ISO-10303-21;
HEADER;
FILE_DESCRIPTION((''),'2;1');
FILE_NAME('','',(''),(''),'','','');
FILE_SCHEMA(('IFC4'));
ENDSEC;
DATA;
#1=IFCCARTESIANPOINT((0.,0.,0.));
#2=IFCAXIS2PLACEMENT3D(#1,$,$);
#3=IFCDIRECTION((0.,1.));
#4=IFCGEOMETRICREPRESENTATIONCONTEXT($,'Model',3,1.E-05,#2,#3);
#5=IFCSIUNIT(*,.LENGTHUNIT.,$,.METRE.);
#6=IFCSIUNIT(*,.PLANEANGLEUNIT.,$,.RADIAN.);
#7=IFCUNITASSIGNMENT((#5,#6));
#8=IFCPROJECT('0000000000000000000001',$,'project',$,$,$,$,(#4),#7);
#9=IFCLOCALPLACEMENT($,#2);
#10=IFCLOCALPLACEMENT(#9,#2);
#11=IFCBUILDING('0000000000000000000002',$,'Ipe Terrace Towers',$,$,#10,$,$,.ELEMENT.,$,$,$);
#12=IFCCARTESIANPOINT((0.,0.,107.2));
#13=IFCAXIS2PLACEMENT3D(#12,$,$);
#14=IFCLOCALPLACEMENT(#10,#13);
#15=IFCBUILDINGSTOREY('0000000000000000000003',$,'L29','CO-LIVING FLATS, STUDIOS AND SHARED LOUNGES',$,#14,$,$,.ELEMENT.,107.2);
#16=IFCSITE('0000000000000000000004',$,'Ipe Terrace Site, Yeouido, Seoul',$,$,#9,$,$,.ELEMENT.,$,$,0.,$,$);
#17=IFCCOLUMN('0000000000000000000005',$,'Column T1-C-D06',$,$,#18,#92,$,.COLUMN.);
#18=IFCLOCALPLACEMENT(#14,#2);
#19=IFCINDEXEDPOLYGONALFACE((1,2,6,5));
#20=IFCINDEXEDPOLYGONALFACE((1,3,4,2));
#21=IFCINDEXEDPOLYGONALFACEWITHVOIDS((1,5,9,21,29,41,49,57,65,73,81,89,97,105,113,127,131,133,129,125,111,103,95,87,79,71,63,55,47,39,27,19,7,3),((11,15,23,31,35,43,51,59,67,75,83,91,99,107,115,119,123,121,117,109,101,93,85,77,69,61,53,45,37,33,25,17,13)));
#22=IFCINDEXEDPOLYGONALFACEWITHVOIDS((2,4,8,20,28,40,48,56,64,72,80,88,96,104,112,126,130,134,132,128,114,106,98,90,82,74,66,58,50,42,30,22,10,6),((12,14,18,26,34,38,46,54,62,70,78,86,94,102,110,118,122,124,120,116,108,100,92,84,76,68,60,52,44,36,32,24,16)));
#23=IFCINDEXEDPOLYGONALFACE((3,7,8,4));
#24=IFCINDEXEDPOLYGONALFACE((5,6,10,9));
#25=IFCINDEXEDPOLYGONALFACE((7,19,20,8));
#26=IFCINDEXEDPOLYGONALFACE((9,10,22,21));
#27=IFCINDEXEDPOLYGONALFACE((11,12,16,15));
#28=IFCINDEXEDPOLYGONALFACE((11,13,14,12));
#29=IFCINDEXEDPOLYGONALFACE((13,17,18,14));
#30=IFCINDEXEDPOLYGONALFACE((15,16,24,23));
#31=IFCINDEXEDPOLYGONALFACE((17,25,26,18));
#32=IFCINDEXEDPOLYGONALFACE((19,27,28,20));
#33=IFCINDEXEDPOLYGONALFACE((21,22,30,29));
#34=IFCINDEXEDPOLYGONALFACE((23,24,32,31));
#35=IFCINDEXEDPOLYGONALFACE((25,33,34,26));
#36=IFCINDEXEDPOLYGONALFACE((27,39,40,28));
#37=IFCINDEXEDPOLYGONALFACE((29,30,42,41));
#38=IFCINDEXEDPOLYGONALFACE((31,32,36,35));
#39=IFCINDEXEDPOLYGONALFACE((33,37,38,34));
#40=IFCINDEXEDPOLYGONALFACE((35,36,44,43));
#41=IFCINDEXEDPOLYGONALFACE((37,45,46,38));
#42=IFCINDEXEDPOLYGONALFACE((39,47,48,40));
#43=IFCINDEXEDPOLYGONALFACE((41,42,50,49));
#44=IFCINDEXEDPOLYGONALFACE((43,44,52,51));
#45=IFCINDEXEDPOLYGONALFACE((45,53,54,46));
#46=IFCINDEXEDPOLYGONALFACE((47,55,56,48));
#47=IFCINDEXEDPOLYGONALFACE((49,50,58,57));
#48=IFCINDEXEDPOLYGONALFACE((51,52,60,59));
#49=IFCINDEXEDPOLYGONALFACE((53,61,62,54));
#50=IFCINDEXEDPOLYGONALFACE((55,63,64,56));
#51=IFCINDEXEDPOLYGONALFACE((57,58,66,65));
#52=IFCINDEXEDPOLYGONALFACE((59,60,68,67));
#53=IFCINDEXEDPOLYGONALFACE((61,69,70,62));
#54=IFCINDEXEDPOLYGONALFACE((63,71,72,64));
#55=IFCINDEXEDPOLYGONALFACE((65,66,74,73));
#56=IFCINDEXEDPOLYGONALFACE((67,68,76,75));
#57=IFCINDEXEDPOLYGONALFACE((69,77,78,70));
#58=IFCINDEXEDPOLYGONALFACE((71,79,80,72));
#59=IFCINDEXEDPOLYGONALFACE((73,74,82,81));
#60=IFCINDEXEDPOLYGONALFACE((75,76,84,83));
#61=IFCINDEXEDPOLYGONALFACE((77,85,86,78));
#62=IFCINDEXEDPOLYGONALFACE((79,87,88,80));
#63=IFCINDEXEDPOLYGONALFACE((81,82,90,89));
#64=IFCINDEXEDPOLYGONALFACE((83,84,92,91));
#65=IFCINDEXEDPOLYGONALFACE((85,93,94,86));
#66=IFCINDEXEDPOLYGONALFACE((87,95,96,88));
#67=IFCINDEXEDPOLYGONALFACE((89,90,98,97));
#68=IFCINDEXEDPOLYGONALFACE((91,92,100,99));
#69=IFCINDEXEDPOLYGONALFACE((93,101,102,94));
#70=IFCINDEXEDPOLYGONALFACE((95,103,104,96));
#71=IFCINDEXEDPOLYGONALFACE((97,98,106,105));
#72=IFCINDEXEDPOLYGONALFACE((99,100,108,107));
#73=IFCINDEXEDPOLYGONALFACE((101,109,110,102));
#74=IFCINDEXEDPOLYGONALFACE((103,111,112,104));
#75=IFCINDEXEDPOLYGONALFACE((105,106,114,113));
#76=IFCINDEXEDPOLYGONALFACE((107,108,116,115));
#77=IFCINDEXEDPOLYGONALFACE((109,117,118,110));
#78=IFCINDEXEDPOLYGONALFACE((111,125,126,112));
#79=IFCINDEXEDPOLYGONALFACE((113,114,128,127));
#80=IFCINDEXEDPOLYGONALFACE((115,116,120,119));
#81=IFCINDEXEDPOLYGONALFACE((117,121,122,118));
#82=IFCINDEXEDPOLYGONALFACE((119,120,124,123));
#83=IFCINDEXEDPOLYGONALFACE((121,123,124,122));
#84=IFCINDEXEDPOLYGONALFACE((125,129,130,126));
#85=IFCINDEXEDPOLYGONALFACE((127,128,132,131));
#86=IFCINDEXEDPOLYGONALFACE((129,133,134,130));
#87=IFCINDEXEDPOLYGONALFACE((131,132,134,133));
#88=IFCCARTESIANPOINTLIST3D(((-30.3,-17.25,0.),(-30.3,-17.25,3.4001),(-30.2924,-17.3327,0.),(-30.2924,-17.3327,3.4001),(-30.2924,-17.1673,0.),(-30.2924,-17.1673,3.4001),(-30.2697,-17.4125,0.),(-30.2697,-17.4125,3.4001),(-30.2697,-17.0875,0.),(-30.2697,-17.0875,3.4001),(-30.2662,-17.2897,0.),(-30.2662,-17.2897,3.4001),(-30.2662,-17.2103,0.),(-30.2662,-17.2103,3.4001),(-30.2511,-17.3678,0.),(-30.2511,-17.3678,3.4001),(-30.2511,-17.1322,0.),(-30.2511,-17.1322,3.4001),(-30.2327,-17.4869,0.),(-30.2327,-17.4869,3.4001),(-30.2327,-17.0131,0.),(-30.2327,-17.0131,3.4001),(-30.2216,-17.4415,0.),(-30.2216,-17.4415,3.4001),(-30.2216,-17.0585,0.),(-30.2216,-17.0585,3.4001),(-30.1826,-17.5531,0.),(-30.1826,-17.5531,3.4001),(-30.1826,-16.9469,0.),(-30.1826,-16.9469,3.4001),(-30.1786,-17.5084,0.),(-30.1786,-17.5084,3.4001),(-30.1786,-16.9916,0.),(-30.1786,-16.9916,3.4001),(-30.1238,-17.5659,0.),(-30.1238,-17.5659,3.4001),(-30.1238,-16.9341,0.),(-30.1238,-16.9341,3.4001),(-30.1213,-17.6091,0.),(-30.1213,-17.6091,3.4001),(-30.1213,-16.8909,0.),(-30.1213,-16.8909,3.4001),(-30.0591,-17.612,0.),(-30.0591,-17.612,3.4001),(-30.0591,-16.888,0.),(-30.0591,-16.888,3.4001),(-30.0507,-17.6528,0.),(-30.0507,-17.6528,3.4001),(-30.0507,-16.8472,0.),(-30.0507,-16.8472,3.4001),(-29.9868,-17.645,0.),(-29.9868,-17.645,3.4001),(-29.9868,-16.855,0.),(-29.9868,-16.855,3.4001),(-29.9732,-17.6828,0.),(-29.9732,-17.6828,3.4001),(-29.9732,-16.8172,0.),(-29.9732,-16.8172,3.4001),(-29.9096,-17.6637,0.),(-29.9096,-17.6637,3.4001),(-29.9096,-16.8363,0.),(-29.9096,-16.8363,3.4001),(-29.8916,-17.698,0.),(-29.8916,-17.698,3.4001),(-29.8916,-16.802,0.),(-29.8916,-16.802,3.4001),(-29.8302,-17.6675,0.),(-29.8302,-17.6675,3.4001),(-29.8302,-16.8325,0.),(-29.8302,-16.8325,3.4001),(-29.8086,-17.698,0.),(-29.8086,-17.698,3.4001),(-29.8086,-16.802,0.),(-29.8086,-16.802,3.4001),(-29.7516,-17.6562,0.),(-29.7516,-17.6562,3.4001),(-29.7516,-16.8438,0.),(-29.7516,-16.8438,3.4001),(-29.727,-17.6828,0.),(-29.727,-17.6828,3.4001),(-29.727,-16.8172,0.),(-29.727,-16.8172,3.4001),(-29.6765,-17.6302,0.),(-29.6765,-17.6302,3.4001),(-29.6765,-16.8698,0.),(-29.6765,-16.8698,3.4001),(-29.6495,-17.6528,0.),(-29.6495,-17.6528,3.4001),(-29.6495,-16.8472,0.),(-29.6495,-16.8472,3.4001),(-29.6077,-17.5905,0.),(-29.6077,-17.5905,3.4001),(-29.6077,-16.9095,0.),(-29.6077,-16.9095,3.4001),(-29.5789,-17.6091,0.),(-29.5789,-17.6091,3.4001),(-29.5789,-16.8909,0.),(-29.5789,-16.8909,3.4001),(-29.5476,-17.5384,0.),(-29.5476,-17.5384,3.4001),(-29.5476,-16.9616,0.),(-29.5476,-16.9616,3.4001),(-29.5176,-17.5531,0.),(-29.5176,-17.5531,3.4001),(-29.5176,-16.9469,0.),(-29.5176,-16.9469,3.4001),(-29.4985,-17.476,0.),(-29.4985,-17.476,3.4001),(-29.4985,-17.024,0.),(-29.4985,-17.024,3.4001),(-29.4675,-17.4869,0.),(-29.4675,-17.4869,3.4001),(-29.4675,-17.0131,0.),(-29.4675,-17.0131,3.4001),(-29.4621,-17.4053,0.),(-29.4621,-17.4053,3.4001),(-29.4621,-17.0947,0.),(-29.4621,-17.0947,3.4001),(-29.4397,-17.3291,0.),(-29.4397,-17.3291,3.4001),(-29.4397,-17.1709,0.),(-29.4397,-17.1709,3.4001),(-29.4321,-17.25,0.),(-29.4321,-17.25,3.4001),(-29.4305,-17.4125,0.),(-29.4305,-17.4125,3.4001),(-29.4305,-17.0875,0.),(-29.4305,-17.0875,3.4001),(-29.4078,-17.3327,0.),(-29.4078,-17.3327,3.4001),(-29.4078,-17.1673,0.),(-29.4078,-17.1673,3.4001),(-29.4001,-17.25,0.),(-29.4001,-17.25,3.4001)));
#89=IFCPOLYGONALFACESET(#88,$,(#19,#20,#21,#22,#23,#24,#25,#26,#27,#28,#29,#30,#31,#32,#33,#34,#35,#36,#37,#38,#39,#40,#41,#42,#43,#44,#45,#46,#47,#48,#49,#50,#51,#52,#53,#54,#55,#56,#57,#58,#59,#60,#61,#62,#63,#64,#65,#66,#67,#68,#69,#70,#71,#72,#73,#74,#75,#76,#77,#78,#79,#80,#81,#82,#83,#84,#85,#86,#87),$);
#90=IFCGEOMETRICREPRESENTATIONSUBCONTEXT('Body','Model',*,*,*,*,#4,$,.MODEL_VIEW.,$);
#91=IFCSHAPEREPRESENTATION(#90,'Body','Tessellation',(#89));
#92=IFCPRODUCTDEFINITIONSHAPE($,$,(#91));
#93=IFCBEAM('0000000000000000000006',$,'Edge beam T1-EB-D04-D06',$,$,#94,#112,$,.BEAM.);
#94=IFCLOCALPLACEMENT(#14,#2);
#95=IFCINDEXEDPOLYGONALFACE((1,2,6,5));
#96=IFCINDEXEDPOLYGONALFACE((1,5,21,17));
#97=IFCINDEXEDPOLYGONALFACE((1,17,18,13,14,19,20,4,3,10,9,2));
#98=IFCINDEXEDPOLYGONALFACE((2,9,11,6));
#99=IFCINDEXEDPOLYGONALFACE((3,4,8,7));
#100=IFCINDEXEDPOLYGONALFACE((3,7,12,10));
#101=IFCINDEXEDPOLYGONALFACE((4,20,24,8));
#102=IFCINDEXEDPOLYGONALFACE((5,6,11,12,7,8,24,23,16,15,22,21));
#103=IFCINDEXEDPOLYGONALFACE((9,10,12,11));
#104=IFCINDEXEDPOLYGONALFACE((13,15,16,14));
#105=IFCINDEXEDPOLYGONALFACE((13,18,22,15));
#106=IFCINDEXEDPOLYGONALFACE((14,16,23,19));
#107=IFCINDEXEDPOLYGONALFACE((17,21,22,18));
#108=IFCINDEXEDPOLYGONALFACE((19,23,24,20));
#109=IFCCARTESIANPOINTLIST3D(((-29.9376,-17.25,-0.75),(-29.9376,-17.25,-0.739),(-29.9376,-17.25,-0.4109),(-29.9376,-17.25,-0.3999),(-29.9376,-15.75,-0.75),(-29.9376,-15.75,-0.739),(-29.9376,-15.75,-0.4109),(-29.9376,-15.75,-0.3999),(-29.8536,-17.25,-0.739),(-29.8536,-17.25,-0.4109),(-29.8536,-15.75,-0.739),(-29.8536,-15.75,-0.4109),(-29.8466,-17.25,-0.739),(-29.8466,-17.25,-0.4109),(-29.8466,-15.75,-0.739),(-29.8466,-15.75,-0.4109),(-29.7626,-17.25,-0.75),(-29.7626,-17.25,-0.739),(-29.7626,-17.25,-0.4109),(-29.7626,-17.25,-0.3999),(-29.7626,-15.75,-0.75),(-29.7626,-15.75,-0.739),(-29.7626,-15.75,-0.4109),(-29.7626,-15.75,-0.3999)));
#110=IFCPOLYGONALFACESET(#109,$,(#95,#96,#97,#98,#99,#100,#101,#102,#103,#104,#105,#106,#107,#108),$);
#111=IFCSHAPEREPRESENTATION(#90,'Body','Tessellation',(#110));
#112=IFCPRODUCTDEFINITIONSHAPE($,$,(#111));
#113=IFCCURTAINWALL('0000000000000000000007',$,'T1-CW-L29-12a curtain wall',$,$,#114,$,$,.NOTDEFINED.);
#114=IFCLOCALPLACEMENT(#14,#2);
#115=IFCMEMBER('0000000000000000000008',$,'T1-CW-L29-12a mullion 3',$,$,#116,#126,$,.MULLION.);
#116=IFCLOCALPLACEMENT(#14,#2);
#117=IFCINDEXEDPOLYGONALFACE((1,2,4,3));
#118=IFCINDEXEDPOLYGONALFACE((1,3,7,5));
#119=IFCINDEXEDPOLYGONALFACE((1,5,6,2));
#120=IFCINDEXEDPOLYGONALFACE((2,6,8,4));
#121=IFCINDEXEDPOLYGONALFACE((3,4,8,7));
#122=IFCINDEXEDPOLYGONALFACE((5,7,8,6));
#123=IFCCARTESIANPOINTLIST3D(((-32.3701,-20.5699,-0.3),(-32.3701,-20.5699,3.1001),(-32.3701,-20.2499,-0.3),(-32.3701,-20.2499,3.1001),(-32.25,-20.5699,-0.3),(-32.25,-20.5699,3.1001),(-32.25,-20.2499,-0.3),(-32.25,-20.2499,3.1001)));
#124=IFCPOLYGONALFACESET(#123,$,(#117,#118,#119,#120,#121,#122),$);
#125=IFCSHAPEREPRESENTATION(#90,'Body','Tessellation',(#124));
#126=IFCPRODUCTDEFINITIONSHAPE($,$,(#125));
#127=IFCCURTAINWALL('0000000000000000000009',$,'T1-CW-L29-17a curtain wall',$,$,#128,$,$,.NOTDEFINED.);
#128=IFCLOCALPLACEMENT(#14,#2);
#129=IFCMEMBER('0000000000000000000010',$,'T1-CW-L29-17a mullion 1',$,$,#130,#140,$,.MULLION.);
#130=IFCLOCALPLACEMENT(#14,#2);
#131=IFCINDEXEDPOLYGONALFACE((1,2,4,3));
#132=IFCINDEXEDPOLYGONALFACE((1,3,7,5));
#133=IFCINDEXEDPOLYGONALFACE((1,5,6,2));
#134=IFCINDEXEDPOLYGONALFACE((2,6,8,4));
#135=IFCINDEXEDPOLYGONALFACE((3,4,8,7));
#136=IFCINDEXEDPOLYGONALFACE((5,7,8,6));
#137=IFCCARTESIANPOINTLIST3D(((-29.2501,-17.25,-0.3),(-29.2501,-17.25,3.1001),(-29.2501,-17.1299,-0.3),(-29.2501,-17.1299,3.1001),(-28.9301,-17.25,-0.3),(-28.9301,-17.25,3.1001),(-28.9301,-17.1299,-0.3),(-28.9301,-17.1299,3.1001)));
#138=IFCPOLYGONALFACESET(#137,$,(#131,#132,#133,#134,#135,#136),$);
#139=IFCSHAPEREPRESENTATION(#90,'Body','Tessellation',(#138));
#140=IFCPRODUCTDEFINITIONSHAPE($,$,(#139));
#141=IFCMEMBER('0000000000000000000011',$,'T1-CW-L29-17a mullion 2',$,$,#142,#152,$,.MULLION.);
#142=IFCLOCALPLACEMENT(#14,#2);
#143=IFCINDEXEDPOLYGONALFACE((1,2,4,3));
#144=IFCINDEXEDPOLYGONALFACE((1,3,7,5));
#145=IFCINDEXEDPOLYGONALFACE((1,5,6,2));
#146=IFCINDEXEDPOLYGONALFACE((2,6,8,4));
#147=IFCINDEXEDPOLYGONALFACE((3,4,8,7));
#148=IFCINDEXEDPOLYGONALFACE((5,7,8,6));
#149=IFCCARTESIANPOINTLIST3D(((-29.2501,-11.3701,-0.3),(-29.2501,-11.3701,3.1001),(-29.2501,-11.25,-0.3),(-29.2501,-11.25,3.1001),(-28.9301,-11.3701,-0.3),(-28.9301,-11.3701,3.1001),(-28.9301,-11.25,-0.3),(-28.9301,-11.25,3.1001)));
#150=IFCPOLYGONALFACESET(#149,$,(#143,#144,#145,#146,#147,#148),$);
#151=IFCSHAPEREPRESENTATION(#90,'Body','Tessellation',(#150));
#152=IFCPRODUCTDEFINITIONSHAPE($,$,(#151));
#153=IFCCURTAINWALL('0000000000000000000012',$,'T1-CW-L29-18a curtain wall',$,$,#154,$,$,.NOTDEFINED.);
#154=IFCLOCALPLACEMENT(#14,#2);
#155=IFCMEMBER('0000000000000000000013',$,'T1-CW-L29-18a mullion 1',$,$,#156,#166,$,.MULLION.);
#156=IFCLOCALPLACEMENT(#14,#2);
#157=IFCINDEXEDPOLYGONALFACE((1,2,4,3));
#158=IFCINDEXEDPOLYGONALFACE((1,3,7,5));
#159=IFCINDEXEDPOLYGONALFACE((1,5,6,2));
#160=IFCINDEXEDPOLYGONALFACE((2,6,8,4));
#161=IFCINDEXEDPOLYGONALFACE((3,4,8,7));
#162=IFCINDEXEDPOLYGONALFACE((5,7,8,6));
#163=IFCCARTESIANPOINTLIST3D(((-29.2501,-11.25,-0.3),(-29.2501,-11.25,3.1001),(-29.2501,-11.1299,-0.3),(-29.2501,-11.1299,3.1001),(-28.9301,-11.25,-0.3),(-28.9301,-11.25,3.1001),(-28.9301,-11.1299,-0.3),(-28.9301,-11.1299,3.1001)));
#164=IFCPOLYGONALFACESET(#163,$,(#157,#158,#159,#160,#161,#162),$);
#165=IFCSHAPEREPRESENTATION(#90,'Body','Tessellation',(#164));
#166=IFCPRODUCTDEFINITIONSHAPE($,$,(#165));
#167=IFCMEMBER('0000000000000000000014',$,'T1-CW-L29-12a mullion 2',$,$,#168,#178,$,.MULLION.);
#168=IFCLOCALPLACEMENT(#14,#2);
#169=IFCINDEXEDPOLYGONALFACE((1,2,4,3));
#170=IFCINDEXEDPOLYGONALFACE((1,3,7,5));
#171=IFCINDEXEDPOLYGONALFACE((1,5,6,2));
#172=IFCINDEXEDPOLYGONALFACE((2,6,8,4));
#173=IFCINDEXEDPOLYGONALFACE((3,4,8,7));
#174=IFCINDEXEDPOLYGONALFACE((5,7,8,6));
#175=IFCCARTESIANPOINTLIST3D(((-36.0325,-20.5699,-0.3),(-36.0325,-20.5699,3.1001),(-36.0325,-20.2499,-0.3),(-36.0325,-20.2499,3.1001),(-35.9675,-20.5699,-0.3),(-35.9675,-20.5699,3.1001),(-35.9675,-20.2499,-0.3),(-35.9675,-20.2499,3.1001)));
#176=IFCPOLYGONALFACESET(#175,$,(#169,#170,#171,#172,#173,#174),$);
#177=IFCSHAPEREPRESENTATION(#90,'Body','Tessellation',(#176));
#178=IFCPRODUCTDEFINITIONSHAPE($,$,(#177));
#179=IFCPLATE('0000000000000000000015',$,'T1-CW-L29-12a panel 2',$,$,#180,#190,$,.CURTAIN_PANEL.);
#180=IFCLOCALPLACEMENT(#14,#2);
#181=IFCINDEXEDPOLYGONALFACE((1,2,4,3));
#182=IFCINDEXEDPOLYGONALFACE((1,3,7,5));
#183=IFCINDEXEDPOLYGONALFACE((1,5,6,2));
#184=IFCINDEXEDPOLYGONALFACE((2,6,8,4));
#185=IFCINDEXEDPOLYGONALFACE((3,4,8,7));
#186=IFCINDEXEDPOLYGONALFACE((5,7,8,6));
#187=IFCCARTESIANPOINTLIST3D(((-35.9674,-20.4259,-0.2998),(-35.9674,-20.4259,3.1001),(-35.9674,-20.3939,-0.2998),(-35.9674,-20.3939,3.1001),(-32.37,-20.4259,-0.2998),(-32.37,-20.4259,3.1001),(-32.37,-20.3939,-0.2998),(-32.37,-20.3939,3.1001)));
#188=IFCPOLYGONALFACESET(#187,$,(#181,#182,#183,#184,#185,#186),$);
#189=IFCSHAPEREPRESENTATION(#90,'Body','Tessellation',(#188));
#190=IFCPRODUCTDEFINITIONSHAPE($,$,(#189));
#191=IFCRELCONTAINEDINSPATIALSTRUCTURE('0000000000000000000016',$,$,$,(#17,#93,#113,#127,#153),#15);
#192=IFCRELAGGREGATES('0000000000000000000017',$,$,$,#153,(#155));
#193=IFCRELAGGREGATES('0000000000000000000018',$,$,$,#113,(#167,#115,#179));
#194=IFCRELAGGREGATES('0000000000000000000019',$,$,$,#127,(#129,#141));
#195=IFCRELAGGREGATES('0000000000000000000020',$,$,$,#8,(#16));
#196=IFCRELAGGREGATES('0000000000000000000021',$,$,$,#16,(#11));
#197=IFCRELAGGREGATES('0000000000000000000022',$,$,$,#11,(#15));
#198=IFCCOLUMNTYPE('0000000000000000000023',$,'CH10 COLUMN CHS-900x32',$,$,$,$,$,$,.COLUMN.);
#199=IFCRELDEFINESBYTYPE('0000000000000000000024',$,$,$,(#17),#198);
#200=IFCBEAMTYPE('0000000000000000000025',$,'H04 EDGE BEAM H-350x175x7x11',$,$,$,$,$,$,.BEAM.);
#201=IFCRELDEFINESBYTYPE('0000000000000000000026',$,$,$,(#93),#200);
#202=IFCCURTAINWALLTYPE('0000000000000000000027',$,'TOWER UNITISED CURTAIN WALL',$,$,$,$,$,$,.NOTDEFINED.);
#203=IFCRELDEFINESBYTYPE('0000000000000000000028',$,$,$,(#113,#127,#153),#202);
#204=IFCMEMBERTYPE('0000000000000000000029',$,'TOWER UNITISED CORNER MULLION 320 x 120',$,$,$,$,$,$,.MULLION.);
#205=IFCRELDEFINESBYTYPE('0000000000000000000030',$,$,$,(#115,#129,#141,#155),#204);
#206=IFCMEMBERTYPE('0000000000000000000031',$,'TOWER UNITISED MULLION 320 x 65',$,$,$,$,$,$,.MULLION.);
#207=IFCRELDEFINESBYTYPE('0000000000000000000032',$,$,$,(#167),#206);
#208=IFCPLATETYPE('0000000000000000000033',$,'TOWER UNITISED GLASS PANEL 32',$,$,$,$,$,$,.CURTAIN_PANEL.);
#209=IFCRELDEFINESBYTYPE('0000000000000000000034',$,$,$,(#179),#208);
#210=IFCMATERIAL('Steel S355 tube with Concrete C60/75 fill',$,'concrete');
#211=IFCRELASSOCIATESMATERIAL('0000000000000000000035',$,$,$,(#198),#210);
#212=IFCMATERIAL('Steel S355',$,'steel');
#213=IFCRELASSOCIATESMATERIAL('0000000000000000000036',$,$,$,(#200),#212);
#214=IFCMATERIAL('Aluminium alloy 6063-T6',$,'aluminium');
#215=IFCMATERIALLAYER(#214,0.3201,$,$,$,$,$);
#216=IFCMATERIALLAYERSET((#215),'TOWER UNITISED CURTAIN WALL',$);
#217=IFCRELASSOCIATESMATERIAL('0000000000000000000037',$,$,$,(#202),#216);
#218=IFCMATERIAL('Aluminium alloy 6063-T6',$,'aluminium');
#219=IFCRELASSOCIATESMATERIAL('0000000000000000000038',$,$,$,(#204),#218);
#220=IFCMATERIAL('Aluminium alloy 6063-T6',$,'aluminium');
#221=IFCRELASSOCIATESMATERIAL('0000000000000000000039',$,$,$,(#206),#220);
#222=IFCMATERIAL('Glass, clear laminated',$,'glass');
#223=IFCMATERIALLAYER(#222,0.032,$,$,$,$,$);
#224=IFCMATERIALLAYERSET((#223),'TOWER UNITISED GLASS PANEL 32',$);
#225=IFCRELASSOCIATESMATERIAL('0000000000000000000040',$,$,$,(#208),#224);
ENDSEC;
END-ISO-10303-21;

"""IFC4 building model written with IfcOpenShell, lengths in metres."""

from ifc_helpers import new_model, si_unit, direction, frame, origin, origin_2d, place, context, subcontext, project, spatial, rectangle, hollow_circle, i_section, extrude, material, layer, layer_set, material_profile, profile_set, type_object, element, aggregate, save


model = new_model("IFC4")

# Units and contexts
model_context = context("Model", 3, precision=1e-05, world=origin(), true_north=direction((0.0, 1.0)))
body_context = subcontext(model_context, "Body", "Model", "MODEL_VIEW")
ifc_project = project(units=[si_unit("LENGTHUNIT", "METRE"), si_unit("PLANEANGLEUNIT", "RADIAN")], contexts=[model_context])

# Site, building, storey
site_placement = place(None, origin())
site = spatial("IfcSite", under=ifc_project, at=site_placement, Name="Ipe Terrace Site, Yeouido, Seoul", CompositionType="ELEMENT", RefElevation=0.0)
building_placement = place(site_placement, origin())
building = spatial("IfcBuilding", under=site, at=building_placement, Name="Ipe Terrace Towers", CompositionType="ELEMENT")
storey_placement = place(building_placement, frame((0.0, 0.0, 107.2)))
storey = spatial("IfcBuildingStorey", under=building, at=storey_placement, Name="L29", Description="CO-LIVING FLATS, STUDIOS AND SHARED LOUNGES", CompositionType="ELEMENT", Elevation=107.2)

# Column
ifc_material_1 = material(Name="Steel S355 tube with Concrete C60/75 fill", Category="concrete")
ifc_material_profile_1 = material_profile(ifc_material_1, hollow_circle(Radius=0.45, WallThickness=0.032, at=origin_2d()), Name="CHS-900x32")
ifc_profile_set_1 = profile_set([ifc_material_profile_1], Name="Steel S355 tube with Concrete C60/75 fill")
column_type_1 = type_object("IfcColumnType", Name="CH10 COLUMN CHS-900x32", PredefinedType="COLUMN", material=ifc_profile_set_1)
for number, where, z_axis, x_axis, name in (
    (1, (-29.8501, -17.25, 0.0), (0.0, 0.0, 1.0), (1.0, 0.0, 0.0), "Column T1-C-D06"),
):
    element("IfcColumn", number, at=place(storey_placement, frame(where, z_axis=z_axis, x_axis=x_axis)), inside=storey, type_object=column_type_1, Name=name, PredefinedType="COLUMN", context=body_context, shape_type="SweptSolid", body=[
        extrude(hollow_circle(Radius=0.45, WallThickness=0.032, at=origin_2d()), origin(), (0.0, 0.0, 1.0), 3.4001),
    ])

# Beam
ifc_material_2 = material(Name="Steel S355", Category="steel")
ifc_material_profile_2 = material_profile(ifc_material_2, i_section(OverallWidth=0.175, OverallDepth=0.3501, WebThickness=0.0071, FlangeThickness=0.011, at=origin_2d()), Name="H-350x175x7x11")
ifc_profile_set_2 = profile_set([ifc_material_profile_2], Name="Steel S355")
beam_type = type_object("IfcBeamType", Name="H04 EDGE BEAM H-350x175x7x11", PredefinedType="BEAM", material=ifc_profile_set_2)
beam_placement = place(storey_placement, frame((-29.8501, -15.75, -0.575), z_axis=(0.0, -1.0, 0.0), x_axis=(1.0, 0.0, 0.0)))
element("IfcBeam", 2, at=beam_placement, inside=storey, type_object=beam_type, Name="Edge beam T1-EB-D04-D06", PredefinedType="BEAM", context=body_context, shape_type="SweptSolid", body=[
    extrude(i_section(OverallWidth=0.175, OverallDepth=0.3501, WebThickness=0.0071, FlangeThickness=0.011, at=origin_2d()), origin(), (0.0, 0.0, 1.0), 1.5),
])

# Curtain wall, member
ifc_material_3 = material(Name="Aluminium alloy 6063-T6", Category="aluminium")
ifc_layer_1 = layer(ifc_material_3, 0.3201)
ifc_layer_set_1 = layer_set([ifc_layer_1], Name="TOWER UNITISED CURTAIN WALL")
curtain_wall_type = type_object("IfcCurtainWallType", Name="TOWER UNITISED CURTAIN WALL", PredefinedType="NOTDEFINED", material=ifc_layer_set_1)
curtain_wall_1_placement = place(storey_placement, origin())
curtain_wall_1 = element("IfcCurtainWall", 3, at=curtain_wall_1_placement, inside=storey, type_object=curtain_wall_type, Name="T1-CW-L29-12a curtain wall", PredefinedType="NOTDEFINED")
ifc_material_4 = material(Name="Aluminium alloy 6063-T6", Category="aluminium")
ifc_material_profile_3 = material_profile(ifc_material_4, rectangle(XDim=0.3201, YDim=0.1201, at=origin_2d()), Name="TOWER UNITISED CORNER MULLION 320 x 120")
ifc_profile_set_3 = profile_set([ifc_material_profile_3], Name="Aluminium alloy 6063-T6")
member_type_1 = type_object("IfcMemberType", Name="TOWER UNITISED CORNER MULLION 320 x 120", PredefinedType="MULLION", material=ifc_profile_set_3)
member_1_placement = place(storey_placement, frame((-32.3101, -20.4099, -0.3), z_axis=(0.0, 0.0, 1.0), x_axis=(0.0, -1.0, 0.0)))
member_1 = element("IfcMember", 4, at=member_1_placement, type_object=member_type_1, Name="T1-CW-L29-12a mullion 3", PredefinedType="MULLION", context=body_context, shape_type="SweptSolid", body=[
    extrude(rectangle(XDim=0.3201, YDim=0.1201, at=origin_2d()), origin(), (0.0, 0.0, 1.0), 3.4001),
])

# Curtain wall, members
curtain_wall_2_placement = place(storey_placement, origin())
curtain_wall_2 = element("IfcCurtainWall", 5, at=curtain_wall_2_placement, inside=storey, type_object=curtain_wall_type, Name="T1-CW-L29-17a curtain wall", PredefinedType="NOTDEFINED")
member_2_placement = place(storey_placement, frame((-29.0901, -17.1899, -0.3), z_axis=(0.0, 0.0, 1.0), x_axis=(1.0, 0.0, 0.0)))
member_2 = element("IfcMember", 6, at=member_2_placement, type_object=member_type_1, Name="T1-CW-L29-17a mullion 1", PredefinedType="MULLION", context=body_context, shape_type="SweptSolid", body=[
    extrude(rectangle(XDim=0.3201, YDim=0.1201, at=origin_2d()), origin(), (0.0, 0.0, 1.0), 3.4001),
])
member_3_placement = place(storey_placement, frame((-29.0901, -11.3101, -0.3), z_axis=(0.0, 0.0, 1.0), x_axis=(1.0, 0.0, 0.0)))
member_3 = element("IfcMember", 7, at=member_3_placement, type_object=member_type_1, Name="T1-CW-L29-17a mullion 2", PredefinedType="MULLION", context=body_context, shape_type="SweptSolid", body=[
    extrude(rectangle(XDim=0.3201, YDim=0.1201, at=origin_2d()), origin(), (0.0, 0.0, 1.0), 3.4001),
])

# Curtain wall, member
curtain_wall_3_placement = place(storey_placement, origin())
curtain_wall_3 = element("IfcCurtainWall", 8, at=curtain_wall_3_placement, inside=storey, type_object=curtain_wall_type, Name="T1-CW-L29-18a curtain wall", PredefinedType="NOTDEFINED")
member_4_placement = place(storey_placement, frame((-29.0901, -11.1899, -0.3), z_axis=(0.0, 0.0, 1.0), x_axis=(1.0, 0.0, 0.0)))
member_4 = element("IfcMember", 9, at=member_4_placement, type_object=member_type_1, Name="T1-CW-L29-18a mullion 1", PredefinedType="MULLION", context=body_context, shape_type="SweptSolid", body=[
    extrude(rectangle(XDim=0.3201, YDim=0.1201, at=origin_2d()), origin(), (0.0, 0.0, 1.0), 3.4001),
])
aggregate(curtain_wall_3, [member_4])

# Member
ifc_material_5 = material(Name="Aluminium alloy 6063-T6", Category="aluminium")
ifc_material_profile_4 = material_profile(ifc_material_5, rectangle(XDim=0.3201, YDim=0.0649, at=origin_2d()), Name="TOWER UNITISED MULLION 320 x 65")
ifc_profile_set_4 = profile_set([ifc_material_profile_4], Name="Aluminium alloy 6063-T6")
member_type_2 = type_object("IfcMemberType", Name="TOWER UNITISED MULLION 320 x 65", PredefinedType="MULLION", material=ifc_profile_set_4)
member_5_placement = place(storey_placement, frame((-36.0, -20.4099, -0.3), z_axis=(0.0, 0.0, 1.0), x_axis=(0.0, -1.0, 0.0)))
member_5 = element("IfcMember", 10, at=member_5_placement, type_object=member_type_2, Name="T1-CW-L29-12a mullion 2", PredefinedType="MULLION", context=body_context, shape_type="SweptSolid", body=[
    extrude(rectangle(XDim=0.3201, YDim=0.0649, at=origin_2d()), origin(), (0.0, 0.0, 1.0), 3.4001),
])

# Plate
ifc_material_6 = material(Name="Glass, clear laminated", Category="glass")
ifc_layer_2 = layer(ifc_material_6, 0.032)
ifc_layer_set_2 = layer_set([ifc_layer_2], Name="TOWER UNITISED GLASS PANEL 32")
plate_type = type_object("IfcPlateType", Name="TOWER UNITISED GLASS PANEL 32", PredefinedType="CURTAIN_PANEL", material=ifc_layer_set_2)
plate_1_placement = place(storey_placement, frame((-34.1687, -20.4099, -0.2998), z_axis=(0.0, 0.0, 1.0), x_axis=(1.0, 0.0, 0.0)))
plate_1 = element("IfcPlate", 11, at=plate_1_placement, type_object=plate_type, Name="T1-CW-L29-12a panel 2", PredefinedType="CURTAIN_PANEL", context=body_context, shape_type="SweptSolid", body=[
    extrude(rectangle(XDim=3.5974, YDim=0.032, at=origin_2d()), origin(), (0.0, 0.0, 1.0), 3.3999),
])
aggregate(curtain_wall_1, [member_5, member_1, plate_1])
aggregate(curtain_wall_2, [member_2, member_3])

save(model, "model.ifc")
